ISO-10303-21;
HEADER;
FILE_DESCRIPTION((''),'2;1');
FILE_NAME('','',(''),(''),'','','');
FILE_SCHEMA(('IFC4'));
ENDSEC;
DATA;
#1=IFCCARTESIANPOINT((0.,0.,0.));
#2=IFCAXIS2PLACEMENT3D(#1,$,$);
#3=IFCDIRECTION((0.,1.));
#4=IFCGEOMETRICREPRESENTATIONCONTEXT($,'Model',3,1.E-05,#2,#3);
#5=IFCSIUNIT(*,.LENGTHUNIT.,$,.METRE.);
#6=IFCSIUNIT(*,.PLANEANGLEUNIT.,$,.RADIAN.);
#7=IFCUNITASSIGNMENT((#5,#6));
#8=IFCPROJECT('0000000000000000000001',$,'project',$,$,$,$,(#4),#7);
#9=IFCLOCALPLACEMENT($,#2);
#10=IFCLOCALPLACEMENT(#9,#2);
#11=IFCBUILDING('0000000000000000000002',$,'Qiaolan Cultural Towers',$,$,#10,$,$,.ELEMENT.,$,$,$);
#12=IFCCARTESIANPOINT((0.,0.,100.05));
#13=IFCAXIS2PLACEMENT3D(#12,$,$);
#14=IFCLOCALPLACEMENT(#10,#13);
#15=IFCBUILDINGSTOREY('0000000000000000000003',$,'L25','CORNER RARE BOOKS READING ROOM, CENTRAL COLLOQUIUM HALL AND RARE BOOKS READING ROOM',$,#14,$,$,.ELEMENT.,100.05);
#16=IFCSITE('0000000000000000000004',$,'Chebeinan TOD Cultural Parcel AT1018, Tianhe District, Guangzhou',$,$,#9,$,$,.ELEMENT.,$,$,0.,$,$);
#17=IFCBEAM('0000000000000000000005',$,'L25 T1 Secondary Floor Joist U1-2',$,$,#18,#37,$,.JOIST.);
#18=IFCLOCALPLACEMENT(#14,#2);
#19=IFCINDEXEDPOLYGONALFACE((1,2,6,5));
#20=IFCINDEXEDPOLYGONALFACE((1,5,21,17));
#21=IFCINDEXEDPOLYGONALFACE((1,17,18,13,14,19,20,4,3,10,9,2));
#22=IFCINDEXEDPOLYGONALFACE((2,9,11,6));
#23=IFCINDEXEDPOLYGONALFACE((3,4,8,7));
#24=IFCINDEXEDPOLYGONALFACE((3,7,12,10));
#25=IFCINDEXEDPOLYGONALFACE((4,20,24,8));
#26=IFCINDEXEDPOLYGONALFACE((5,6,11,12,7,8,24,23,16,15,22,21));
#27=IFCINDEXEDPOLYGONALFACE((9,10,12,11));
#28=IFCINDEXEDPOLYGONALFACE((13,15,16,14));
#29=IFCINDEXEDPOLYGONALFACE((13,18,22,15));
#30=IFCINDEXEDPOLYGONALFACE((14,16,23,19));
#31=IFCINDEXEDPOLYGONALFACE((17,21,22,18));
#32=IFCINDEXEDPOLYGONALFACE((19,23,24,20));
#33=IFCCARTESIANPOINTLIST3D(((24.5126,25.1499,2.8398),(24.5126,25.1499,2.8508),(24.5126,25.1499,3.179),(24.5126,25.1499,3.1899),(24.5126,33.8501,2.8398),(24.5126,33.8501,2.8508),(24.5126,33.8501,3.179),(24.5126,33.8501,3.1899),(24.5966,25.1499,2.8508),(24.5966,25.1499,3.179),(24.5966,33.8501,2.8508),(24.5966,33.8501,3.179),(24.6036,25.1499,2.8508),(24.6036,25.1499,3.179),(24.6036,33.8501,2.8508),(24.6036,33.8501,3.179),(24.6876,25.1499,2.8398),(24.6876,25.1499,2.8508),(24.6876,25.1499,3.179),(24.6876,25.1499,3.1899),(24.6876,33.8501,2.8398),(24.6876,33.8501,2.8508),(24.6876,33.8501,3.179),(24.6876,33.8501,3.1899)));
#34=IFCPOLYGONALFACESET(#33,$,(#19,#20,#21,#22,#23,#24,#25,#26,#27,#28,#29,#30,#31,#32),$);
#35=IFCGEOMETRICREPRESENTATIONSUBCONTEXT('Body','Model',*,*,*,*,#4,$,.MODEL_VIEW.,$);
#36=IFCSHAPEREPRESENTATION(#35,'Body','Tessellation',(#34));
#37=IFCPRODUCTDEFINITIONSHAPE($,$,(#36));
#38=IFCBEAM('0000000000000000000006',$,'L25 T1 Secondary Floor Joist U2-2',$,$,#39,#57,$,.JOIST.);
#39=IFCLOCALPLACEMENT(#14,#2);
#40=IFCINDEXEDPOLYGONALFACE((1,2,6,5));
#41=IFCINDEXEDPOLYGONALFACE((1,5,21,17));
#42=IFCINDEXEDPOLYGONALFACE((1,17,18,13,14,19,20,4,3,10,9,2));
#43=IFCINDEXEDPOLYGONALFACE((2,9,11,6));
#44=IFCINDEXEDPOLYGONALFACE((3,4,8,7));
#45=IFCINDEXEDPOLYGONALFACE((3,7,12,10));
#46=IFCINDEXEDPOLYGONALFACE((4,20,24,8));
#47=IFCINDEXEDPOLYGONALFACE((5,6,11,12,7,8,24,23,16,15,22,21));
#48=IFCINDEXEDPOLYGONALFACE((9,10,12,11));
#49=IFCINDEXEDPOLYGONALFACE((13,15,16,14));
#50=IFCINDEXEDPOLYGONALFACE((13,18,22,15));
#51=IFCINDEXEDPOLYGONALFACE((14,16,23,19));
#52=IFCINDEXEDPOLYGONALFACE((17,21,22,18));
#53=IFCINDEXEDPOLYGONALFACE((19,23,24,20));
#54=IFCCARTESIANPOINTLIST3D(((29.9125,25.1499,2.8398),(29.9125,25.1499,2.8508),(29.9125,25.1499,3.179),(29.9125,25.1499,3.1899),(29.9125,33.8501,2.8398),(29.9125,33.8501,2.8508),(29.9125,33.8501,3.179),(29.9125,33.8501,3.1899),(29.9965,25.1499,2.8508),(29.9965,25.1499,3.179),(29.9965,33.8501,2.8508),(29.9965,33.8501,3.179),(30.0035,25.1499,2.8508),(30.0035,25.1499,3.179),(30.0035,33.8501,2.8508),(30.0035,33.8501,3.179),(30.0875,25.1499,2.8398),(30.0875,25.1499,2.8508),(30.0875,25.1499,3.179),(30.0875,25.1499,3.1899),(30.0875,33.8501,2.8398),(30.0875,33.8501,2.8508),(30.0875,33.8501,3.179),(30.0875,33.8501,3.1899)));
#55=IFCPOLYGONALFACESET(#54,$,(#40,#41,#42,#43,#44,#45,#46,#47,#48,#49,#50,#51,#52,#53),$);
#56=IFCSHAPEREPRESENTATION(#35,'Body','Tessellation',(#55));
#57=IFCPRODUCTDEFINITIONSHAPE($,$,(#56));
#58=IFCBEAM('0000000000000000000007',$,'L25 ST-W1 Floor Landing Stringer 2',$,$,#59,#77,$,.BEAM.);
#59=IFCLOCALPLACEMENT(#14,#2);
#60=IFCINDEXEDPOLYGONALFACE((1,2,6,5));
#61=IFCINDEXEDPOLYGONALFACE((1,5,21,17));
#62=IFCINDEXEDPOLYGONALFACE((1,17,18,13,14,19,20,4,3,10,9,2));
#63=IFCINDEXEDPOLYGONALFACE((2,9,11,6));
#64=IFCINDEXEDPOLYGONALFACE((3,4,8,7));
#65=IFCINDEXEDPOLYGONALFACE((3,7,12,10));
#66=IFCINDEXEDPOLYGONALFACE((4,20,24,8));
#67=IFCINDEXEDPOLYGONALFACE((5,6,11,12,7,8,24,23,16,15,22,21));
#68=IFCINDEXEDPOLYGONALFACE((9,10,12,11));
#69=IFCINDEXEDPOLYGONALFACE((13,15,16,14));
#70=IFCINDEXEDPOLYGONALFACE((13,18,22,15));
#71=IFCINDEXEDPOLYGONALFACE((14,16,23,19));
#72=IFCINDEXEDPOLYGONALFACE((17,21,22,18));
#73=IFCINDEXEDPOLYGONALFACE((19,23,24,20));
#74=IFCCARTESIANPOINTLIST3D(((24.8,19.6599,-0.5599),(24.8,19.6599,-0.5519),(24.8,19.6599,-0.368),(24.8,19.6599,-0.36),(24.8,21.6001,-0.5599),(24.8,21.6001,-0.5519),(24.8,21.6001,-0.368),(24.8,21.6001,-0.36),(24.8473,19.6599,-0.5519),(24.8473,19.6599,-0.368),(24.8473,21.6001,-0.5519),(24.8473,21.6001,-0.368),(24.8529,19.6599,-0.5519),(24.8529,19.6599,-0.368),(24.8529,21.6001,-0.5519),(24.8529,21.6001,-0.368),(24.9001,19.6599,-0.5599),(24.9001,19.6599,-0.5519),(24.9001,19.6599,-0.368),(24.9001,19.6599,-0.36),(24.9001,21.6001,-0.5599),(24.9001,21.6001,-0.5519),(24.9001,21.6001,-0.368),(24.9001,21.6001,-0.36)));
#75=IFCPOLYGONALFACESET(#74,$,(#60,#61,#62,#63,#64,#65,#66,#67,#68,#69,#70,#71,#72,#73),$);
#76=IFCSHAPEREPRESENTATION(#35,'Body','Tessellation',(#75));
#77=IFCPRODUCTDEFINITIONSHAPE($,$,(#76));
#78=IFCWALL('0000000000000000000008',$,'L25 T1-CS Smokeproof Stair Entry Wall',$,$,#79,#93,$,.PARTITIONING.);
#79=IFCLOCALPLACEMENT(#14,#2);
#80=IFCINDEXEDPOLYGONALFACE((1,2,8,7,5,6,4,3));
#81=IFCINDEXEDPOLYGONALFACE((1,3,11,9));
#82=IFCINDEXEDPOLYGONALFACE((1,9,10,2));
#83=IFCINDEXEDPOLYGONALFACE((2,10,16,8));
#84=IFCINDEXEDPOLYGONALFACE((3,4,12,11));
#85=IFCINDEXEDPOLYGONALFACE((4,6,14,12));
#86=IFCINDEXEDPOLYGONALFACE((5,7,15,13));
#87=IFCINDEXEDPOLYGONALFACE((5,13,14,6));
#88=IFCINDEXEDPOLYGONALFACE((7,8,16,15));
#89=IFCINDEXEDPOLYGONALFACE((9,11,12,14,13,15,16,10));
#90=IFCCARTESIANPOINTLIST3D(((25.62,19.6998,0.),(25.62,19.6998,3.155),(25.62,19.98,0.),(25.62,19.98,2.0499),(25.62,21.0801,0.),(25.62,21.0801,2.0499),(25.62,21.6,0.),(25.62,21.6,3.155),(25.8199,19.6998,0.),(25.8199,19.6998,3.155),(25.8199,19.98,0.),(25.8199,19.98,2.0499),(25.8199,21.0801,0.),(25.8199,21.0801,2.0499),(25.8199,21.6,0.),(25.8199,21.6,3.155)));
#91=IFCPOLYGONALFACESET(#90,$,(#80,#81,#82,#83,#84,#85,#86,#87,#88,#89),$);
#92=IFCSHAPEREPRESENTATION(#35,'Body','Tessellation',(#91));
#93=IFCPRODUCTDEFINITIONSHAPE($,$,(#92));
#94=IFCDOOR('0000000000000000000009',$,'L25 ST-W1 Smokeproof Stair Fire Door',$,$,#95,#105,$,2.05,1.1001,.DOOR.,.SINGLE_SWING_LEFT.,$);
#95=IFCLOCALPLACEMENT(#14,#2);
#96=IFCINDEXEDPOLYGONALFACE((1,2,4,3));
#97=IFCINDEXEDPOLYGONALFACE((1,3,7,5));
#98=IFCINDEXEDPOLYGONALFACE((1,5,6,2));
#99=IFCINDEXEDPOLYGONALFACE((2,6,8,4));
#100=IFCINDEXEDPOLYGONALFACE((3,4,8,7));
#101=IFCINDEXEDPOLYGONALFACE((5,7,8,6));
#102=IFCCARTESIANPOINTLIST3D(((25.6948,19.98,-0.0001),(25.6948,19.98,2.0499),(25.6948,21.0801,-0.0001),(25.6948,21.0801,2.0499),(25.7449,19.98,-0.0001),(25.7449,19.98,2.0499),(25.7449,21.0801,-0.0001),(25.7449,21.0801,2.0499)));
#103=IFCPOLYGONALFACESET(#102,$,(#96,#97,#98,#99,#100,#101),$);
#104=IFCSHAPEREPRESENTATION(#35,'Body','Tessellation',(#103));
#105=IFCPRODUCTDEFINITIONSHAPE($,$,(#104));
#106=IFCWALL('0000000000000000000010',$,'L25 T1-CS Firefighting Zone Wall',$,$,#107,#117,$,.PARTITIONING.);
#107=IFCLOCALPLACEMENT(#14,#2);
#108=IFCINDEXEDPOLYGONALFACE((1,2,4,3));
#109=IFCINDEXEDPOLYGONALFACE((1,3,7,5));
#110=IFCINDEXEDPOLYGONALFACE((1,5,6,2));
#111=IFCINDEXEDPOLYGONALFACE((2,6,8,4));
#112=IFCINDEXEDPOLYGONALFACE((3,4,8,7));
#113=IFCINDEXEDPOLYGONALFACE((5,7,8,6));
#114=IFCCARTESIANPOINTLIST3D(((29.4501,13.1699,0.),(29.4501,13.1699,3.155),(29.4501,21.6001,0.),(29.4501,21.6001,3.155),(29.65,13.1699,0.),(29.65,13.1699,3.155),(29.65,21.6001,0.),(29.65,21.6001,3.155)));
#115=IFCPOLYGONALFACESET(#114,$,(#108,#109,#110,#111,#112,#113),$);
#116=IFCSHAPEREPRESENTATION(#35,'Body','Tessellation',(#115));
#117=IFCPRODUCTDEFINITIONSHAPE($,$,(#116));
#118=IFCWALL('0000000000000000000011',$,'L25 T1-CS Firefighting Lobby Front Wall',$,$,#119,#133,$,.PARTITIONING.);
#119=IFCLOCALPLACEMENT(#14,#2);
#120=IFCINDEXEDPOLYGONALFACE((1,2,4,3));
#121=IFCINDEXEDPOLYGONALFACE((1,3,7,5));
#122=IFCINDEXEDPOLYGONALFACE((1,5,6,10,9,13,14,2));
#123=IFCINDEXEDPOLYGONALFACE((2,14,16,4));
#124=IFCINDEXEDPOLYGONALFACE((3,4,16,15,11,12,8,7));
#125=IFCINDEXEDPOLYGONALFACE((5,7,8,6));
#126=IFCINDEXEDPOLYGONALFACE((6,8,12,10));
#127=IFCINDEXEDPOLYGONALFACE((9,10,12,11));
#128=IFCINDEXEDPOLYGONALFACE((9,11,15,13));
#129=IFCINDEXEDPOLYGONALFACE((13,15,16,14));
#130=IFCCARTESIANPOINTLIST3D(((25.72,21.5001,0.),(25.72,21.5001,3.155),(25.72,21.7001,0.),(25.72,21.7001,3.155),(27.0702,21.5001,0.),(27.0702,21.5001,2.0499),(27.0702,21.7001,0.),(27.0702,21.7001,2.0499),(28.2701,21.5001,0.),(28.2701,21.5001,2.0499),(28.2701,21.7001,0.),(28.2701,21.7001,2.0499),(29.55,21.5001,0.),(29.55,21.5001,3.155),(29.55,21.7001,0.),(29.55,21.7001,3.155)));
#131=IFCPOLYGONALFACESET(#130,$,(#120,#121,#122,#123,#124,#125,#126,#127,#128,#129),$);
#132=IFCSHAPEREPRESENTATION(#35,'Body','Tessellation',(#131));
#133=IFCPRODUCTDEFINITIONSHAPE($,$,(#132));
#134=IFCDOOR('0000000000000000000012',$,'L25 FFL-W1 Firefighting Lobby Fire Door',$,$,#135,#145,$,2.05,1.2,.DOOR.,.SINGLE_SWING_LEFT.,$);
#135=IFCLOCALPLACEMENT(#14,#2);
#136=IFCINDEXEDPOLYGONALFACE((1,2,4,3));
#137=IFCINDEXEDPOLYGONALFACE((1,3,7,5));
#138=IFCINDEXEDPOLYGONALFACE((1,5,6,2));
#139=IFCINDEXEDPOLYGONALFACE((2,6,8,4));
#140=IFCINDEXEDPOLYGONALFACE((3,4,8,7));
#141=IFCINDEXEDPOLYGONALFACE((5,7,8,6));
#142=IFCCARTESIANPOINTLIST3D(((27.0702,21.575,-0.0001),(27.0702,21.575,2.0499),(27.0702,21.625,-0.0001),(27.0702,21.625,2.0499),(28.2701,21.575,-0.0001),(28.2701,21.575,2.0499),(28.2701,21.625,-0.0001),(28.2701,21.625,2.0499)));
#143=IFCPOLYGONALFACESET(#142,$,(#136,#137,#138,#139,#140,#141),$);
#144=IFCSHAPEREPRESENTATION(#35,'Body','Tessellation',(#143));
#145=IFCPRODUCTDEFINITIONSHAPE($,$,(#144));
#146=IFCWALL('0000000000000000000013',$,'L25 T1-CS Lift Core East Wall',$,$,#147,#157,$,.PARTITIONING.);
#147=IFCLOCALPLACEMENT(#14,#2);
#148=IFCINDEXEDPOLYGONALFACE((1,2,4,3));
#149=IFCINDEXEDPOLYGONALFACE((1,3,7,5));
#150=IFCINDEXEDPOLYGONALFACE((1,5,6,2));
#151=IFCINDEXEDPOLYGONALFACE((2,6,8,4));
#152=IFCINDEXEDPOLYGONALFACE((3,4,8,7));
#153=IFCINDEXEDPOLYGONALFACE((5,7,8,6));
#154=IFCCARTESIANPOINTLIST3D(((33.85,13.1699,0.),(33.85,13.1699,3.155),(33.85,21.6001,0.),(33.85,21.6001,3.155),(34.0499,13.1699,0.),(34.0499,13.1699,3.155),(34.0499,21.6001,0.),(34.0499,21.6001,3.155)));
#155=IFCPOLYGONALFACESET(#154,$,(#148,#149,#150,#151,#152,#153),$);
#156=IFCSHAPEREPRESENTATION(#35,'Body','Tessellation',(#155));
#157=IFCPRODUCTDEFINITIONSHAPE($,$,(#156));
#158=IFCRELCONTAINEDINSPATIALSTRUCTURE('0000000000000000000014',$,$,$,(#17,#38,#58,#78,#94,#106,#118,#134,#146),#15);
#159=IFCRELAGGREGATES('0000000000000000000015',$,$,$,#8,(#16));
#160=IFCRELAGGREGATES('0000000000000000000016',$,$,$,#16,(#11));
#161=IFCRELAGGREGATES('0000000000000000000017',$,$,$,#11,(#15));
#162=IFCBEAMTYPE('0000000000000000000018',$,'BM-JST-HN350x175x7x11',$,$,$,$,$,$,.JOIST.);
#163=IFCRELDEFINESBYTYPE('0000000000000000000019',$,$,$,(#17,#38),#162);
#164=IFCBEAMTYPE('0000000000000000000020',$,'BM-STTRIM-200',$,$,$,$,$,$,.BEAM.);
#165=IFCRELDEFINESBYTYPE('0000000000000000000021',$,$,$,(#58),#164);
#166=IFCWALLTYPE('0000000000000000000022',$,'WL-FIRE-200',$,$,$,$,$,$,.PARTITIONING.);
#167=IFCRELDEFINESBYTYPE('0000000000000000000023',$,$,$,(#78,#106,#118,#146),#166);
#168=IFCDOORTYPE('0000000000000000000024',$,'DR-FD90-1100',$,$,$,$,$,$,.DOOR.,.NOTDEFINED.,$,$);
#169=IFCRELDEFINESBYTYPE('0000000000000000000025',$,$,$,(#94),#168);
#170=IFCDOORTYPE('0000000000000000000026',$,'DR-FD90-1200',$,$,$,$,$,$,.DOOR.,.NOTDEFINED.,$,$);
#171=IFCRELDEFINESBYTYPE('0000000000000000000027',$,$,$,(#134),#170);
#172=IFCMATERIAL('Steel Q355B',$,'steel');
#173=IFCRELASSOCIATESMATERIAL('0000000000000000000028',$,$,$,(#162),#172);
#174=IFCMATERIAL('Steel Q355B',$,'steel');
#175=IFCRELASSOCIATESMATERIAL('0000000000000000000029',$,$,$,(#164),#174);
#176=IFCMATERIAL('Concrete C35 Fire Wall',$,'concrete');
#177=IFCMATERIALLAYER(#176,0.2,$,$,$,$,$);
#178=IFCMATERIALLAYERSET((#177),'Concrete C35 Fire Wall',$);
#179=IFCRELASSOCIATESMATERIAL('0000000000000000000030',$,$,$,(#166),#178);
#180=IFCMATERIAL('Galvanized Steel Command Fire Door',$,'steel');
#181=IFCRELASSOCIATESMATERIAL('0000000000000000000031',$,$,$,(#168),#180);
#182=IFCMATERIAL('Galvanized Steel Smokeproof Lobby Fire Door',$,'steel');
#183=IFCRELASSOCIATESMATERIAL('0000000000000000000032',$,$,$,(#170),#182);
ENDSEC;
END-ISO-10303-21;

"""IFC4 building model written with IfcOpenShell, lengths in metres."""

from ifc_helpers import new_model, si_unit, direction, frame, frame_2d, origin, origin_2d, place, context, subcontext, project, spatial, rectangle, i_section, extrude, material, layer, layer_set, material_profile, profile_set, type_object, element, fill, save


model = new_model("IFC4")

# Units and contexts
model_context = context("Model", 3, precision=1e-05, world=origin(), true_north=direction((0.0, 1.0)))
body_context = subcontext(model_context, "Body", "Model", "MODEL_VIEW")
ifc_project = project(units=[si_unit("LENGTHUNIT", "METRE"), si_unit("PLANEANGLEUNIT", "RADIAN")], contexts=[model_context])

# Site, building, storey
site_placement = place(None, origin())
site = spatial("IfcSite", under=ifc_project, at=site_placement, Name="Chebeinan TOD Cultural Parcel AT1018, Tianhe District, Guangzhou", CompositionType="ELEMENT", RefElevation=0.0)
building_placement = place(site_placement, origin())
building = spatial("IfcBuilding", under=site, at=building_placement, Name="Qiaolan Cultural Towers", CompositionType="ELEMENT")
storey_placement = place(building_placement, frame((0.0, 0.0, 100.05)))
storey = spatial("IfcBuildingStorey", under=building, at=storey_placement, Name="L25", Description="CORNER RARE BOOKS READING ROOM, CENTRAL COLLOQUIUM HALL AND RARE BOOKS READING ROOM", CompositionType="ELEMENT", Elevation=100.05)

# Beams
ifc_material_1 = material(Name="Steel Q355B", Category="steel")
ifc_material_profile_1 = material_profile(ifc_material_1, i_section(OverallWidth=0.175, OverallDepth=0.3501, WebThickness=0.0071, FlangeThickness=0.011, at=origin_2d()), Name="HN350x175x7x11")
ifc_profile_set_1 = profile_set([ifc_material_profile_1], Name="Steel Q355B")
beam_type_1 = type_object("IfcBeamType", Name="BM-JST-HN350x175x7x11", PredefinedType="JOIST", material=ifc_profile_set_1)
for number, where, z_axis, x_axis, name in (
    (1, (24.6001, 25.1499, 3.0149), (0.0, 1.0, 0.0), (-1.0, 0.0, 0.0), "L25 T1 Secondary Floor Joist U1-2"),
    (2, (30.0, 25.1499, 3.0149), (0.0, 1.0, 0.0), (-1.0, 0.0, 0.0), "L25 T1 Secondary Floor Joist U2-2"),
):
    element("IfcBeam", number, at=place(storey_placement, frame(where, z_axis=z_axis, x_axis=x_axis)), inside=storey, type_object=beam_type_1, Name=name, PredefinedType="JOIST", context=body_context, shape_type="SweptSolid", body=[
        extrude(i_section(OverallWidth=0.175, OverallDepth=0.3501, WebThickness=0.0071, FlangeThickness=0.011, at=origin_2d()), origin(), (0.0, 0.0, 1.0), 8.7002),
    ])
ifc_material_2 = material(Name="Steel Q355B", Category="steel")
ifc_material_profile_2 = material_profile(ifc_material_2, i_section(OverallWidth=0.1001, OverallDepth=0.2, WebThickness=0.0056, FlangeThickness=0.0081, at=origin_2d()), Name="HN200x100x5.5x8")
ifc_profile_set_2 = profile_set([ifc_material_profile_2], Name="Steel Q355B")
beam_type_2 = type_object("IfcBeamType", Name="BM-STTRIM-200", PredefinedType="BEAM", material=ifc_profile_set_2)
beam_placement = place(storey_placement, frame((24.8501, 21.6001, -0.46), z_axis=(0.0, -1.0, 0.0), x_axis=(1.0, 0.0, 0.0)))
element("IfcBeam", 3, at=beam_placement, inside=storey, type_object=beam_type_2, Name="L25 ST-W1 Floor Landing Stringer 2", PredefinedType="BEAM", context=body_context, shape_type="SweptSolid", body=[
    extrude(i_section(OverallWidth=0.1001, OverallDepth=0.2, WebThickness=0.0056, FlangeThickness=0.0081, at=origin_2d()), origin(), (0.0, 0.0, 1.0), 1.9402),
])

# Wall, opening, door
ifc_material_3 = material(Name="Concrete C35 Fire Wall", Category="concrete")
ifc_layer_1 = layer(ifc_material_3, 0.2)
ifc_layer_set_1 = layer_set([ifc_layer_1], Name="Concrete C35 Fire Wall")
wall_type_1 = type_object("IfcWallType", Name="WL-FIRE-200", PredefinedType="PARTITIONING", material=ifc_layer_set_1)
wall_1_placement = place(storey_placement, frame((25.72, 21.6001, 0.0), z_axis=(0.0, 0.0, 1.0), x_axis=(0.0, -1.0, 0.0)))
wall_1 = element("IfcWall", 4, at=wall_1_placement, inside=storey, type_object=wall_type_1, Name="L25 T1-CS Smokeproof Stair Entry Wall", PredefinedType="PARTITIONING", context=body_context, shape_type="SweptSolid", body=[
    extrude(rectangle(XDim=1.9001, YDim=0.2, at=frame_2d((0.9502, 0.0))), origin(), (0.0, 0.0, 1.0), 3.155),
])
opening_1_placement = place(wall_1_placement, frame((0.52, 0.0, 0.0)))
opening_1 = element("IfcOpeningElement", 5, at=opening_1_placement, cuts=wall_1, PredefinedType="OPENING", context=body_context, shape_type="SweptSolid", body=[
    extrude(rectangle(XDim=1.1001, YDim=2.05, at=frame_2d((0.55, 1.0249))), frame((0.0, 0.1099, 0.0), z_axis=(0.0, -1.0, 0.0), x_axis=(1.0, 0.0, 0.0)), (0.0, 0.0, 1.0), 0.22),
])
ifc_material_4 = material(Name="Galvanized Steel Command Fire Door", Category="steel")
door_type_1 = type_object("IfcDoorType", Name="DR-FD90-1100", OperationType="NOTDEFINED", PredefinedType="DOOR", material=ifc_material_4)
door_1_placement = place(opening_1_placement, origin())
door_1 = element("IfcDoor", 6, at=door_1_placement, inside=storey, type_object=door_type_1, Name="L25 ST-W1 Smokeproof Stair Fire Door", OperationType="SINGLE_SWING_LEFT", OverallHeight=2.05, OverallWidth=1.1001, PredefinedType="DOOR", context=body_context, shape_type="SweptSolid", body=[
    extrude(rectangle(XDim=1.1001, YDim=2.05, at=frame_2d((0.55, 1.0249))), frame((0.0, 0.0249, 0.0), z_axis=(0.0, -1.0, 0.0), x_axis=(1.0, 0.0, 0.0)), (0.0, 0.0, 1.0), 0.05),
])
fill(opening_1, door_1)

# Wall
wall_2_placement = place(storey_placement, frame((29.55, 21.6001, 0.0), z_axis=(0.0, 0.0, 1.0), x_axis=(0.0, -1.0, 0.0)))
element("IfcWall", 7, at=wall_2_placement, inside=storey, type_object=wall_type_1, Name="L25 T1-CS Firefighting Zone Wall", PredefinedType="PARTITIONING", context=body_context, shape_type="SweptSolid", body=[
    extrude(rectangle(XDim=8.4302, YDim=0.2, at=frame_2d((4.2151, 0.0))), origin(), (0.0, 0.0, 1.0), 3.155),
])

# Wall, opening, door
wall_3_placement = place(storey_placement, frame((25.72, 21.6001, 0.0), z_axis=(0.0, 0.0, 1.0), x_axis=(1.0, 0.0, 0.0)))
wall_3 = element("IfcWall", 8, at=wall_3_placement, inside=storey, type_object=wall_type_1, Name="L25 T1-CS Firefighting Lobby Front Wall", PredefinedType="PARTITIONING", context=body_context, shape_type="SweptSolid", body=[
    extrude(rectangle(XDim=3.8301, YDim=0.2, at=frame_2d((1.915, 0.0))), origin(), (0.0, 0.0, 1.0), 3.155),
])
opening_2_placement = place(wall_3_placement, frame((1.3501, 0.0, 0.0)))
opening_2 = element("IfcOpeningElement", 9, at=opening_2_placement, cuts=wall_3, PredefinedType="OPENING", context=body_context, shape_type="SweptSolid", body=[
    extrude(rectangle(XDim=1.2, YDim=2.05, at=frame_2d((0.6001, 1.0249))), frame((0.0, 0.1099, 0.0), z_axis=(0.0, -1.0, 0.0), x_axis=(1.0, 0.0, 0.0)), (0.0, 0.0, 1.0), 0.22),
])
ifc_material_5 = material(Name="Galvanized Steel Smokeproof Lobby Fire Door", Category="steel")
door_type_2 = type_object("IfcDoorType", Name="DR-FD90-1200", OperationType="NOTDEFINED", PredefinedType="DOOR", material=ifc_material_5)
door_2_placement = place(opening_2_placement, origin())
door_2 = element("IfcDoor", 10, at=door_2_placement, inside=storey, type_object=door_type_2, Name="L25 FFL-W1 Firefighting Lobby Fire Door", OperationType="SINGLE_SWING_LEFT", OverallHeight=2.05, OverallWidth=1.2, PredefinedType="DOOR", context=body_context, shape_type="SweptSolid", body=[
    extrude(rectangle(XDim=1.2, YDim=2.05, at=frame_2d((0.6001, 1.0249))), frame((0.0, 0.0249, 0.0), z_axis=(0.0, -1.0, 0.0), x_axis=(1.0, 0.0, 0.0)), (0.0, 0.0, 1.0), 0.05),
])
fill(opening_2, door_2)

# Wall
wall_4_placement = place(storey_placement, frame((33.95, 21.6001, 0.0), z_axis=(0.0, 0.0, 1.0), x_axis=(0.0, -1.0, 0.0)))
element("IfcWall", 11, at=wall_4_placement, inside=storey, type_object=wall_type_1, Name="L25 T1-CS Lift Core East Wall", PredefinedType="PARTITIONING", context=body_context, shape_type="SweptSolid", body=[
    extrude(rectangle(XDim=8.4302, YDim=0.2, at=frame_2d((4.2151, 0.0))), origin(), (0.0, 0.0, 1.0), 3.155),
])

save(model, "model.ifc")
